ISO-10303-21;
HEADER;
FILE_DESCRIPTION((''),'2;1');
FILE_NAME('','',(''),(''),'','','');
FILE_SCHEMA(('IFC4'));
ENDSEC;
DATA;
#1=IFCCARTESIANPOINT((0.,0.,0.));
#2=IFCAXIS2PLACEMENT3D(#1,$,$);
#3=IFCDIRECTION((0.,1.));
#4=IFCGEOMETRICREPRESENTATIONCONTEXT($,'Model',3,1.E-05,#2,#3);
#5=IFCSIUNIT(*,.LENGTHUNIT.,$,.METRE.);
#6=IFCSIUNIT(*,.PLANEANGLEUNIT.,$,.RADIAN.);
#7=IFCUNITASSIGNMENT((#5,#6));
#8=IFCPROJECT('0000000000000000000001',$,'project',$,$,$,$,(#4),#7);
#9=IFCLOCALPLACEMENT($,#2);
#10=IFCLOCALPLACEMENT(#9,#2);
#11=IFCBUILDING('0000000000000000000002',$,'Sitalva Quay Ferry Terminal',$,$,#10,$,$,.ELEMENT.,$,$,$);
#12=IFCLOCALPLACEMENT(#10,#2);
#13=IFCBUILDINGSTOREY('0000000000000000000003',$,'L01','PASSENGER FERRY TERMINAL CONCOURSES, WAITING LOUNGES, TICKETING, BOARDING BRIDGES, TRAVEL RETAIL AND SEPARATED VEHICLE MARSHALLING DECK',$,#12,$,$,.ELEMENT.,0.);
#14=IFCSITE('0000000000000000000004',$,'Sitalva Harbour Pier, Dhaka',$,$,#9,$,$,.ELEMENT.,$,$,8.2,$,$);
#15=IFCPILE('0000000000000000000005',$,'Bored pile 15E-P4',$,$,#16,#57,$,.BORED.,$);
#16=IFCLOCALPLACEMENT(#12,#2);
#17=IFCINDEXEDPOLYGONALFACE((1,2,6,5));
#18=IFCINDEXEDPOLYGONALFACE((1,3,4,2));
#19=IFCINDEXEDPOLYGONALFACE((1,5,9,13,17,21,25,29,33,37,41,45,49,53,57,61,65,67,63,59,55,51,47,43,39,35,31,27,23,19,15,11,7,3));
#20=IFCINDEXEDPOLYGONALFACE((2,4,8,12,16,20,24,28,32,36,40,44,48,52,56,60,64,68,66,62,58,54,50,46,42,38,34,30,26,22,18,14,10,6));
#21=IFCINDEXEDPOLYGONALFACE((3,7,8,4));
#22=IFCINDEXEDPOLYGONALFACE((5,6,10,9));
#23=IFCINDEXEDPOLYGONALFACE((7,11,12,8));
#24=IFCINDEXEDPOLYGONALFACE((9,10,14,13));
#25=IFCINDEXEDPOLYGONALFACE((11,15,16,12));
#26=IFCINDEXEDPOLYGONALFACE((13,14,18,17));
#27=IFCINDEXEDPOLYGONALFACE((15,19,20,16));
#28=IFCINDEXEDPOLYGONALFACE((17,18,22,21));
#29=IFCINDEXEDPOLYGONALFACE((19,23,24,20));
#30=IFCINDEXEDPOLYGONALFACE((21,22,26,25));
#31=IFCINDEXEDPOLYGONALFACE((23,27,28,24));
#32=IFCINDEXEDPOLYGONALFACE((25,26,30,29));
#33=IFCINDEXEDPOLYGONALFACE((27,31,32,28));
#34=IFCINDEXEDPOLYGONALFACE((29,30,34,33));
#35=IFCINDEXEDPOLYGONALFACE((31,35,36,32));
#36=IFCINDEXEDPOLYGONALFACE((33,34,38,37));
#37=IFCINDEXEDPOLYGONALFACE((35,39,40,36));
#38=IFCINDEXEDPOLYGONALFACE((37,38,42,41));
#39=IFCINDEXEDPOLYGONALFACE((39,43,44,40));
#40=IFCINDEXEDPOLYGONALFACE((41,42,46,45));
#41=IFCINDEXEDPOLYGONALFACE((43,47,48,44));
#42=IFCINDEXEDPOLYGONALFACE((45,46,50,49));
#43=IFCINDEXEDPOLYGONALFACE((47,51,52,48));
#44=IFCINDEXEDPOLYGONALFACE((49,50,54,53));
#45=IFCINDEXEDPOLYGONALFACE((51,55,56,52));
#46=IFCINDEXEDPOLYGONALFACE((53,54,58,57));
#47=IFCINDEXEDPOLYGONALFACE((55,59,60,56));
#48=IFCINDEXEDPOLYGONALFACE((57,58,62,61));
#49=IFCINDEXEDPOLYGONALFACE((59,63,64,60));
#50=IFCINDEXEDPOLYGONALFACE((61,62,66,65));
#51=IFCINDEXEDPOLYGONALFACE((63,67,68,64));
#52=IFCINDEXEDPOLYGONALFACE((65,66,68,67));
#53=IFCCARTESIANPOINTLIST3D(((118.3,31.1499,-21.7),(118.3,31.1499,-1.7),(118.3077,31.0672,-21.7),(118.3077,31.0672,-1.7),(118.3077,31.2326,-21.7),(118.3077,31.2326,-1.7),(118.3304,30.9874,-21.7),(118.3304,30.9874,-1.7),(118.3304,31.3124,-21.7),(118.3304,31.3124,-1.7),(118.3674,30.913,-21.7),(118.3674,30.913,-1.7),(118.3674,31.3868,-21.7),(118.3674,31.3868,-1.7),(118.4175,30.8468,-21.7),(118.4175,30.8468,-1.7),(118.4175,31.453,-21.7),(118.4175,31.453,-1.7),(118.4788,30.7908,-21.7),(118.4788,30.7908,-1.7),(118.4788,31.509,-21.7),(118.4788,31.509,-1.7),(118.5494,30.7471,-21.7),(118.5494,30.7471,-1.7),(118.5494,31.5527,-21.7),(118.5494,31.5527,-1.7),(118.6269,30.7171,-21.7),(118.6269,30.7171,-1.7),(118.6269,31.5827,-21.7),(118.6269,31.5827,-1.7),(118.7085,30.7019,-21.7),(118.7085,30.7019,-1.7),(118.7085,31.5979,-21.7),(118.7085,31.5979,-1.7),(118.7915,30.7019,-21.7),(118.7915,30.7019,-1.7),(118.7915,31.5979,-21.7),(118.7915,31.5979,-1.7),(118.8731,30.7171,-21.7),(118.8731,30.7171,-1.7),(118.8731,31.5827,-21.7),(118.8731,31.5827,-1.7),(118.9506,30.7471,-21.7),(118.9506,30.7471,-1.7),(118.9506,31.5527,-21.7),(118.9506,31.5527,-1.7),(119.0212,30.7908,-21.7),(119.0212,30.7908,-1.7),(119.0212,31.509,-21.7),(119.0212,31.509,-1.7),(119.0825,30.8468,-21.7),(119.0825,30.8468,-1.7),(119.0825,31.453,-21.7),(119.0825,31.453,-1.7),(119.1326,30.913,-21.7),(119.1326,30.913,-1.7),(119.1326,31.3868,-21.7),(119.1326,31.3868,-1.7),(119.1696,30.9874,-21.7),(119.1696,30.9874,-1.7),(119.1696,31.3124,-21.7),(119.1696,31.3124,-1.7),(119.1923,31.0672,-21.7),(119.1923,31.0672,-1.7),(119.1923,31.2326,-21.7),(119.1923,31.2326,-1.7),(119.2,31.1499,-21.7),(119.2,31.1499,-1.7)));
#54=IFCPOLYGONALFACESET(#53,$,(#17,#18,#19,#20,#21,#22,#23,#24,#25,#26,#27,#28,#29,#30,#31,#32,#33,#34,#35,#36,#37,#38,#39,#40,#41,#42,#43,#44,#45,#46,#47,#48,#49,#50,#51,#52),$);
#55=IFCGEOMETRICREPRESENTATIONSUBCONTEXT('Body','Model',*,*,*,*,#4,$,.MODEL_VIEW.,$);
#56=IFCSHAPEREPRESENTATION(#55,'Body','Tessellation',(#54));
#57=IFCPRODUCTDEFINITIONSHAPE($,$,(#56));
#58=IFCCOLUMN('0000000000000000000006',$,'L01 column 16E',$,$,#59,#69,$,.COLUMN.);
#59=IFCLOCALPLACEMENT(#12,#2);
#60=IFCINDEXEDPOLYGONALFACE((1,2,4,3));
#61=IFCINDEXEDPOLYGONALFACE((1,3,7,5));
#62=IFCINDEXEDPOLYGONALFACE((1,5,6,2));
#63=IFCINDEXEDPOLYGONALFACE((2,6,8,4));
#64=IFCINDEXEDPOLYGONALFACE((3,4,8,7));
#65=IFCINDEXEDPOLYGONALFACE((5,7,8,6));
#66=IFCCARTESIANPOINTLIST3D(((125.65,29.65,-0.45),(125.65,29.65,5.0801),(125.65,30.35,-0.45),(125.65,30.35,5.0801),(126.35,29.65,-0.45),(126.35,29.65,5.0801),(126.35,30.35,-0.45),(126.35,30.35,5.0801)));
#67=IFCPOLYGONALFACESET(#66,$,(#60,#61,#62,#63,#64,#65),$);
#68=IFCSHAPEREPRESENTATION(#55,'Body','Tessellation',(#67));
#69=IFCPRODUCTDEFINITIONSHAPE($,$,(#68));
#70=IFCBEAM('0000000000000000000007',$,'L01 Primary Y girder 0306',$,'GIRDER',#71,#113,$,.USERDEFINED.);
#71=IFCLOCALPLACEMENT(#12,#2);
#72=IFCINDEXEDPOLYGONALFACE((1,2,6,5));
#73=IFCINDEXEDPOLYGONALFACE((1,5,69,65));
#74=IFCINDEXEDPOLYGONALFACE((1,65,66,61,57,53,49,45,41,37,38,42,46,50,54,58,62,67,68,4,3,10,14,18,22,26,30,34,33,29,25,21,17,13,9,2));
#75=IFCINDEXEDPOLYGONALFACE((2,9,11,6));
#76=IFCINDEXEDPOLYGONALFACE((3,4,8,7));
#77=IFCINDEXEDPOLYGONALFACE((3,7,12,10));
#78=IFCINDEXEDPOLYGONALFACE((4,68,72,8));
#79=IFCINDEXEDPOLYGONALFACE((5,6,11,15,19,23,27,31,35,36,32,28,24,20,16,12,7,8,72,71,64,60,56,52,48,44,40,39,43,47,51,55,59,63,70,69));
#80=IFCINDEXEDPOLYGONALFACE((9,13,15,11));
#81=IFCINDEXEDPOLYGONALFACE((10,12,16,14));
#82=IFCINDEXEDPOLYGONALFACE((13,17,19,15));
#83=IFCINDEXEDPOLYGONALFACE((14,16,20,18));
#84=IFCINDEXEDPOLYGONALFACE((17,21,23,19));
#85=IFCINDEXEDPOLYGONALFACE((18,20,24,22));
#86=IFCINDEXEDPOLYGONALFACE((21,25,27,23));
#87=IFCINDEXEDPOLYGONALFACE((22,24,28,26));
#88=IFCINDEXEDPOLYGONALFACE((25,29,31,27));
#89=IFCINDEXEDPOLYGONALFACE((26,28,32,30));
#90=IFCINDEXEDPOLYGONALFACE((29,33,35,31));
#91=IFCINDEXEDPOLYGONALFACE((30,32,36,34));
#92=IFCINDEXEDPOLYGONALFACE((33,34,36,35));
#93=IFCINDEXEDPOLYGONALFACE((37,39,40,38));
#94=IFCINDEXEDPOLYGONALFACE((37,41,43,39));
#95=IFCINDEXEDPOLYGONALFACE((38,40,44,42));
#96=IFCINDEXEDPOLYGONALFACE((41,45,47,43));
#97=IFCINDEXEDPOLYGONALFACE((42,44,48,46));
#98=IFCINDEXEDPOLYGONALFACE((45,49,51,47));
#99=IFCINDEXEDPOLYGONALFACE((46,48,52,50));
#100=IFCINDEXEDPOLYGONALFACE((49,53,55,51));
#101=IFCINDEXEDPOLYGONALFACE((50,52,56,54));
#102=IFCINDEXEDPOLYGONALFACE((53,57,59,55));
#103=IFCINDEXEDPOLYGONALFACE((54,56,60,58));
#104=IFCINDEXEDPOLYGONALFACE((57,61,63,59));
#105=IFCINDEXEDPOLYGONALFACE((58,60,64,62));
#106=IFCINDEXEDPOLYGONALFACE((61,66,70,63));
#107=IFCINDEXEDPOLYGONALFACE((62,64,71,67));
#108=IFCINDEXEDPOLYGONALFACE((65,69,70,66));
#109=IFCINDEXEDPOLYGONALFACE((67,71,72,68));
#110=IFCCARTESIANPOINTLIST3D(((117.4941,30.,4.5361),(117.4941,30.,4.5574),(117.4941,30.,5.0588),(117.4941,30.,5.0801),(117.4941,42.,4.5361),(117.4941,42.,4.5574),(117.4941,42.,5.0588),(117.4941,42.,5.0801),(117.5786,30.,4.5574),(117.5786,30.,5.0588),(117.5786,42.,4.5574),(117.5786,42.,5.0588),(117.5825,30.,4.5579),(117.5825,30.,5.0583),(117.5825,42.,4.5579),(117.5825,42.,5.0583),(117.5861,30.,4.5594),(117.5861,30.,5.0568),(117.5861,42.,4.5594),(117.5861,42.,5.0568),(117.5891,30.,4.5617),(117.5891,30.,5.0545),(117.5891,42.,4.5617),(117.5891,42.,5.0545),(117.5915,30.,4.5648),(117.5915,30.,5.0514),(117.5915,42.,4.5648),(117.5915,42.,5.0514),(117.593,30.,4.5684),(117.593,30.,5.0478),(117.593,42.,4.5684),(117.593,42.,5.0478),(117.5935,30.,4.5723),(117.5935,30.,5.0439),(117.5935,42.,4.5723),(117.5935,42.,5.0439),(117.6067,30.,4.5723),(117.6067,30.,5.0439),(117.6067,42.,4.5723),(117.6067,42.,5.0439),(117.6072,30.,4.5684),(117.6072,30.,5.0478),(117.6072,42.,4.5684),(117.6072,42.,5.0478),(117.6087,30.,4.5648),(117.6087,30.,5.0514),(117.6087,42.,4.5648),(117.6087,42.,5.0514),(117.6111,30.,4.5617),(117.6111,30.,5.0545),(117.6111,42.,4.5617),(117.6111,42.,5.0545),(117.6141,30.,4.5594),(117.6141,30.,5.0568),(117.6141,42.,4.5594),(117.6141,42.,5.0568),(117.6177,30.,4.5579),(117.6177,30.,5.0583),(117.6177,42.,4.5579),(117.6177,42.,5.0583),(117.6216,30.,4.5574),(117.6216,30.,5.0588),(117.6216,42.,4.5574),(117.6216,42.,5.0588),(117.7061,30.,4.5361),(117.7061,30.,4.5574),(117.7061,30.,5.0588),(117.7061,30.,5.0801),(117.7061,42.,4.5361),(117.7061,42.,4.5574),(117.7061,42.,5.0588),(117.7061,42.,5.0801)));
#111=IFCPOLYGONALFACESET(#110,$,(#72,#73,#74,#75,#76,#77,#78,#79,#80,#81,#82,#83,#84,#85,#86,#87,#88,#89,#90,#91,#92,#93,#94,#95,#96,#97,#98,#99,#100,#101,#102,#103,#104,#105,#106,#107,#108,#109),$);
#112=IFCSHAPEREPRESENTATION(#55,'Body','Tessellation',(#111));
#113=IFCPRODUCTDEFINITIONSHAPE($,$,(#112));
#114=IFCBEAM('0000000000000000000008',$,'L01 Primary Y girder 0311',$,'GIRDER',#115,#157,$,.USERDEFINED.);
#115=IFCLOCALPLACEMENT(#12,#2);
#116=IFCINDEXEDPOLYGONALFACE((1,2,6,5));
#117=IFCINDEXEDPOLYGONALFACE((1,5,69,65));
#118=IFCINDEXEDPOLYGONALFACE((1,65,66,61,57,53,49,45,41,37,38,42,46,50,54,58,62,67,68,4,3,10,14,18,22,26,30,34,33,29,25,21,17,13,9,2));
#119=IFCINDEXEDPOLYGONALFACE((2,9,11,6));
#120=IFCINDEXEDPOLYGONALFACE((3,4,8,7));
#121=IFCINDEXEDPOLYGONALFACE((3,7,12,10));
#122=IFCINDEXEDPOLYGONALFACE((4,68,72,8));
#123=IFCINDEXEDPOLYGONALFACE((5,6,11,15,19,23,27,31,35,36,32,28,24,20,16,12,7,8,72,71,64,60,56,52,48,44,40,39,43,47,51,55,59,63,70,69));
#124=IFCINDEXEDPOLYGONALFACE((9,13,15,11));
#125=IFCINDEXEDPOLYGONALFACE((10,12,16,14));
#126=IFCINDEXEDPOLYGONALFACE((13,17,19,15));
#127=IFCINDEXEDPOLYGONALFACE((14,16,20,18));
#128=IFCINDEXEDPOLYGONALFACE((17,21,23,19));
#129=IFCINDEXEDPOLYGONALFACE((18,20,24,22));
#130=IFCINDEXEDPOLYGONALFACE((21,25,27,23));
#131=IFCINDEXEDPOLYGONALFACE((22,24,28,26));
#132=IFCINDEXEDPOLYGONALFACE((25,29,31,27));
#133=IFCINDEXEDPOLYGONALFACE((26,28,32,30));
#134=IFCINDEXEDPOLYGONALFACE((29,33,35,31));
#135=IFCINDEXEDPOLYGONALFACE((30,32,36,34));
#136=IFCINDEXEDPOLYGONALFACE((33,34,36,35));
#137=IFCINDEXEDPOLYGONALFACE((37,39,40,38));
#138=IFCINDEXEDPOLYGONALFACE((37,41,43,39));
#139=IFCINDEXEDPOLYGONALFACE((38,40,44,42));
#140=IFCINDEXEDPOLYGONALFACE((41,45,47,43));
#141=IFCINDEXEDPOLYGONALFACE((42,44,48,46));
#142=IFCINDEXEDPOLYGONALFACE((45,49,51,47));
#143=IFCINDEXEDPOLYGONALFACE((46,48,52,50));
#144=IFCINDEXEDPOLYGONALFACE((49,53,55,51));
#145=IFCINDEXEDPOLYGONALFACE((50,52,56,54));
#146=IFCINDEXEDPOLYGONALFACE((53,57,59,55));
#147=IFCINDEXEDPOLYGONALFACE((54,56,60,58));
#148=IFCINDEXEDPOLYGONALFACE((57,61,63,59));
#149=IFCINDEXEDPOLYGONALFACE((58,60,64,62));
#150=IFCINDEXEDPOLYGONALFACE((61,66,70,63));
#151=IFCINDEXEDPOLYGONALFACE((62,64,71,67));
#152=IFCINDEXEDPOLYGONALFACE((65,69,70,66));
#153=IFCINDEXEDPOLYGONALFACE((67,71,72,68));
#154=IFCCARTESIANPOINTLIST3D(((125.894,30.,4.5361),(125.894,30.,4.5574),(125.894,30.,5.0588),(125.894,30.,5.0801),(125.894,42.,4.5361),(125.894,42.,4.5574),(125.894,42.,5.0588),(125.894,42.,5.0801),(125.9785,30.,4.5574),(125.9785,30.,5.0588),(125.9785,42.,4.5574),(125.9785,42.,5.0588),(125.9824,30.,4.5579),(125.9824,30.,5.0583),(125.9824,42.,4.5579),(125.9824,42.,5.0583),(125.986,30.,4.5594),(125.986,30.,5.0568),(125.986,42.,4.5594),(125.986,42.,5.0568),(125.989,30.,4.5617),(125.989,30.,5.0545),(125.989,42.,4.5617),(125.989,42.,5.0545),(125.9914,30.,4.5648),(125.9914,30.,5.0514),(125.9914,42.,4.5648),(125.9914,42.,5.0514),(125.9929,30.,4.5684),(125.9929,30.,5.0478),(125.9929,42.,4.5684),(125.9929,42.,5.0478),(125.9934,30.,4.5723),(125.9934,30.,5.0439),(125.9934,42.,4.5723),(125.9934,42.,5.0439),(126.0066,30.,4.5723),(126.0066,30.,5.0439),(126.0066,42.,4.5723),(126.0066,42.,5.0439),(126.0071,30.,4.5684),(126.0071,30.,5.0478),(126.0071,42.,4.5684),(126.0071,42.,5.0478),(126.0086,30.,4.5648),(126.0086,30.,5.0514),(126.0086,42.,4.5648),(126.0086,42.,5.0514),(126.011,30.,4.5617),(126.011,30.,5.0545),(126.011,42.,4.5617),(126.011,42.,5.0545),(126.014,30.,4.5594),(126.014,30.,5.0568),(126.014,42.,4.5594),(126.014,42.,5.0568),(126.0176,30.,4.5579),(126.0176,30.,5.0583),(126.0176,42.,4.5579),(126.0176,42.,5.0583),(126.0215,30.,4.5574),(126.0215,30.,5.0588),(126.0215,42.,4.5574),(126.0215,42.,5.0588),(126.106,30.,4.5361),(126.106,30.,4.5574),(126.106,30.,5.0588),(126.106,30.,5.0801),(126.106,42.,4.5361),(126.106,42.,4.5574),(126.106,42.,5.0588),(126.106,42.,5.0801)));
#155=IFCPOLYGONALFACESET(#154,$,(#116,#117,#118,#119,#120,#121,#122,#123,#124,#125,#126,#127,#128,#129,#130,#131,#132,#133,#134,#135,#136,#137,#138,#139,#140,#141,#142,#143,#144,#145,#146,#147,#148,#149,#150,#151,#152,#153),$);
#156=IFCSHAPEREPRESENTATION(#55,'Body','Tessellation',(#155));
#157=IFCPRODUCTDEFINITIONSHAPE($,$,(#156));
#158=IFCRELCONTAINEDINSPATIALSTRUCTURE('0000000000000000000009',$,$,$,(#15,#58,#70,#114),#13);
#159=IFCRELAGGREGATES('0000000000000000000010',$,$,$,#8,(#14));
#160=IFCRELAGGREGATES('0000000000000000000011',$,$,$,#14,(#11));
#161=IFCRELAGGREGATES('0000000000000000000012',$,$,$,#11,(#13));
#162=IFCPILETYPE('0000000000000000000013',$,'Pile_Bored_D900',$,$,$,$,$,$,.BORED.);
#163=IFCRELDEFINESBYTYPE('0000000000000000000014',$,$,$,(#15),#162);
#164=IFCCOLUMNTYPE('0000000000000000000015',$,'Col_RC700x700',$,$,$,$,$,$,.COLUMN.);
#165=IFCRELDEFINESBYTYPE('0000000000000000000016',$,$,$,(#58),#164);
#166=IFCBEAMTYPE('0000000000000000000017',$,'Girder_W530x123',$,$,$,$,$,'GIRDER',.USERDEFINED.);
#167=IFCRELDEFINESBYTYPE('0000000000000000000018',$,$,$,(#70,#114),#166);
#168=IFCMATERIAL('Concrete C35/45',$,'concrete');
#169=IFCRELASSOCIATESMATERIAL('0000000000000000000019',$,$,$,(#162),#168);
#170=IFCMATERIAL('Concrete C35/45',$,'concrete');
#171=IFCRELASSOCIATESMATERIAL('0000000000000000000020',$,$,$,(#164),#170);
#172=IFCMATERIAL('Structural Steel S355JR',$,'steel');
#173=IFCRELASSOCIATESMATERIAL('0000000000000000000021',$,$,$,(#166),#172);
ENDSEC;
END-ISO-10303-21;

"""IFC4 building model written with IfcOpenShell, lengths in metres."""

from ifc_helpers import new_model, si_unit, direction, frame, origin, origin_2d, place, context, subcontext, project, spatial, rectangle, circle, i_section, extrude, material, material_profile, profile_set, type_object, element, save


model = new_model("IFC4")

# Units and contexts
model_context = context("Model", 3, precision=1e-05, world=origin(), true_north=direction((0.0, 1.0)))
body_context = subcontext(model_context, "Body", "Model", "MODEL_VIEW")
ifc_project = project(units=[si_unit("LENGTHUNIT", "METRE"), si_unit("PLANEANGLEUNIT", "RADIAN")], contexts=[model_context])

# Site, building, storey
site_placement = place(None, origin())
site = spatial("IfcSite", under=ifc_project, at=site_placement, Name="Sitalva Harbour Pier, Dhaka", CompositionType="ELEMENT", RefElevation=8.2)
building_placement = place(site_placement, origin())
building = spatial("IfcBuilding", under=site, at=building_placement, Name="Sitalva Quay Ferry Terminal", CompositionType="ELEMENT")
storey_placement = place(building_placement, origin())
storey = spatial("IfcBuildingStorey", under=building, at=storey_placement, Name="L01", Description="PASSENGER FERRY TERMINAL CONCOURSES, WAITING LOUNGES, TICKETING, BOARDING BRIDGES, TRAVEL RETAIL AND SEPARATED VEHICLE MARSHALLING DECK", CompositionType="ELEMENT", Elevation=0.0)

# Pile
ifc_material_1 = material(Name="Concrete C35/45", Category="concrete")
ifc_material_profile_1 = material_profile(ifc_material_1, circle(Radius=0.45, at=origin_2d()), Name="PILE-D900")
ifc_profile_set_1 = profile_set([ifc_material_profile_1], Name="Concrete C35/45")
pile_type_1 = type_object("IfcPileType", Name="Pile_Bored_D900", PredefinedType="BORED", material=ifc_profile_set_1)
for number, where, z_axis, x_axis, name in (
    (1, (118.75, 31.1499, -1.7), (0.0, 0.0, -1.0), (1.0, 0.0, 0.0), "Bored pile 15E-P4"),
):
    element("IfcPile", number, at=place(storey_placement, frame(where, z_axis=z_axis, x_axis=x_axis)), inside=storey, type_object=pile_type_1, Name=name, PredefinedType="BORED", context=body_context, shape_type="SweptSolid", body=[
        extrude(circle(Radius=0.45, at=origin_2d()), origin(), (0.0, 0.0, 1.0), 20.0),
    ])

# Column
ifc_material_2 = material(Name="Concrete C35/45", Category="concrete")
ifc_material_profile_2 = material_profile(ifc_material_2, rectangle(XDim=0.7, YDim=0.7, at=origin_2d()), Name="RC700x700")
ifc_profile_set_2 = profile_set([ifc_material_profile_2], Name="Concrete C35/45")
column_type = type_object("IfcColumnType", Name="Col_RC700x700", PredefinedType="COLUMN", material=ifc_profile_set_2)
column_placement = place(storey_placement, frame((126.0, 30.0, -0.45), z_axis=(0.0, 0.0, 1.0), x_axis=(1.0, 0.0, 0.0)))
element("IfcColumn", 2, at=column_placement, inside=storey, type_object=column_type, Name="L01 column 16E", PredefinedType="COLUMN", context=body_context, shape_type="SweptSolid", body=[
    extrude(rectangle(XDim=0.7, YDim=0.7, at=origin_2d()), origin(), (0.0, 0.0, 1.0), 5.53),
])

# Beams
ifc_material_3 = material(Name="Structural Steel S355JR", Category="steel")
ifc_material_profile_3 = material_profile(ifc_material_3, i_section(OverallWidth=0.2119, OverallDepth=0.5439, WebThickness=0.0132, FlangeThickness=0.0212, FilletRadius=0.0149, at=origin_2d()), Name="W530x123")
ifc_profile_set_3 = profile_set([ifc_material_profile_3], Name="Structural Steel S355JR")
beam_type_1 = type_object("IfcBeamType", Name="Girder_W530x123", ElementType="GIRDER", PredefinedType="USERDEFINED", material=ifc_profile_set_3)
for number, where, z_axis, x_axis, name in (
    (3, (117.6001, 30.0, 4.8081), (0.0, 1.0, 0.0), (-1.0, 0.0, 0.0), "L01 Primary Y girder 0306"),
    (4, (126.0, 30.0, 4.8081), (0.0, 1.0, 0.0), (-1.0, 0.0, 0.0), "L01 Primary Y girder 0311"),
):
    element("IfcBeam", number, at=place(storey_placement, frame(where, z_axis=z_axis, x_axis=x_axis)), inside=storey, type_object=beam_type_1, Name=name, ObjectType="GIRDER", PredefinedType="USERDEFINED", context=body_context, shape_type="SweptSolid", body=[
        extrude(i_section(OverallWidth=0.2119, OverallDepth=0.5439, WebThickness=0.0132, FlangeThickness=0.0212, FilletRadius=0.0149, at=origin_2d()), origin(), (0.0, 0.0, 1.0), 12.0),
    ])

save(model, "model.ifc")
